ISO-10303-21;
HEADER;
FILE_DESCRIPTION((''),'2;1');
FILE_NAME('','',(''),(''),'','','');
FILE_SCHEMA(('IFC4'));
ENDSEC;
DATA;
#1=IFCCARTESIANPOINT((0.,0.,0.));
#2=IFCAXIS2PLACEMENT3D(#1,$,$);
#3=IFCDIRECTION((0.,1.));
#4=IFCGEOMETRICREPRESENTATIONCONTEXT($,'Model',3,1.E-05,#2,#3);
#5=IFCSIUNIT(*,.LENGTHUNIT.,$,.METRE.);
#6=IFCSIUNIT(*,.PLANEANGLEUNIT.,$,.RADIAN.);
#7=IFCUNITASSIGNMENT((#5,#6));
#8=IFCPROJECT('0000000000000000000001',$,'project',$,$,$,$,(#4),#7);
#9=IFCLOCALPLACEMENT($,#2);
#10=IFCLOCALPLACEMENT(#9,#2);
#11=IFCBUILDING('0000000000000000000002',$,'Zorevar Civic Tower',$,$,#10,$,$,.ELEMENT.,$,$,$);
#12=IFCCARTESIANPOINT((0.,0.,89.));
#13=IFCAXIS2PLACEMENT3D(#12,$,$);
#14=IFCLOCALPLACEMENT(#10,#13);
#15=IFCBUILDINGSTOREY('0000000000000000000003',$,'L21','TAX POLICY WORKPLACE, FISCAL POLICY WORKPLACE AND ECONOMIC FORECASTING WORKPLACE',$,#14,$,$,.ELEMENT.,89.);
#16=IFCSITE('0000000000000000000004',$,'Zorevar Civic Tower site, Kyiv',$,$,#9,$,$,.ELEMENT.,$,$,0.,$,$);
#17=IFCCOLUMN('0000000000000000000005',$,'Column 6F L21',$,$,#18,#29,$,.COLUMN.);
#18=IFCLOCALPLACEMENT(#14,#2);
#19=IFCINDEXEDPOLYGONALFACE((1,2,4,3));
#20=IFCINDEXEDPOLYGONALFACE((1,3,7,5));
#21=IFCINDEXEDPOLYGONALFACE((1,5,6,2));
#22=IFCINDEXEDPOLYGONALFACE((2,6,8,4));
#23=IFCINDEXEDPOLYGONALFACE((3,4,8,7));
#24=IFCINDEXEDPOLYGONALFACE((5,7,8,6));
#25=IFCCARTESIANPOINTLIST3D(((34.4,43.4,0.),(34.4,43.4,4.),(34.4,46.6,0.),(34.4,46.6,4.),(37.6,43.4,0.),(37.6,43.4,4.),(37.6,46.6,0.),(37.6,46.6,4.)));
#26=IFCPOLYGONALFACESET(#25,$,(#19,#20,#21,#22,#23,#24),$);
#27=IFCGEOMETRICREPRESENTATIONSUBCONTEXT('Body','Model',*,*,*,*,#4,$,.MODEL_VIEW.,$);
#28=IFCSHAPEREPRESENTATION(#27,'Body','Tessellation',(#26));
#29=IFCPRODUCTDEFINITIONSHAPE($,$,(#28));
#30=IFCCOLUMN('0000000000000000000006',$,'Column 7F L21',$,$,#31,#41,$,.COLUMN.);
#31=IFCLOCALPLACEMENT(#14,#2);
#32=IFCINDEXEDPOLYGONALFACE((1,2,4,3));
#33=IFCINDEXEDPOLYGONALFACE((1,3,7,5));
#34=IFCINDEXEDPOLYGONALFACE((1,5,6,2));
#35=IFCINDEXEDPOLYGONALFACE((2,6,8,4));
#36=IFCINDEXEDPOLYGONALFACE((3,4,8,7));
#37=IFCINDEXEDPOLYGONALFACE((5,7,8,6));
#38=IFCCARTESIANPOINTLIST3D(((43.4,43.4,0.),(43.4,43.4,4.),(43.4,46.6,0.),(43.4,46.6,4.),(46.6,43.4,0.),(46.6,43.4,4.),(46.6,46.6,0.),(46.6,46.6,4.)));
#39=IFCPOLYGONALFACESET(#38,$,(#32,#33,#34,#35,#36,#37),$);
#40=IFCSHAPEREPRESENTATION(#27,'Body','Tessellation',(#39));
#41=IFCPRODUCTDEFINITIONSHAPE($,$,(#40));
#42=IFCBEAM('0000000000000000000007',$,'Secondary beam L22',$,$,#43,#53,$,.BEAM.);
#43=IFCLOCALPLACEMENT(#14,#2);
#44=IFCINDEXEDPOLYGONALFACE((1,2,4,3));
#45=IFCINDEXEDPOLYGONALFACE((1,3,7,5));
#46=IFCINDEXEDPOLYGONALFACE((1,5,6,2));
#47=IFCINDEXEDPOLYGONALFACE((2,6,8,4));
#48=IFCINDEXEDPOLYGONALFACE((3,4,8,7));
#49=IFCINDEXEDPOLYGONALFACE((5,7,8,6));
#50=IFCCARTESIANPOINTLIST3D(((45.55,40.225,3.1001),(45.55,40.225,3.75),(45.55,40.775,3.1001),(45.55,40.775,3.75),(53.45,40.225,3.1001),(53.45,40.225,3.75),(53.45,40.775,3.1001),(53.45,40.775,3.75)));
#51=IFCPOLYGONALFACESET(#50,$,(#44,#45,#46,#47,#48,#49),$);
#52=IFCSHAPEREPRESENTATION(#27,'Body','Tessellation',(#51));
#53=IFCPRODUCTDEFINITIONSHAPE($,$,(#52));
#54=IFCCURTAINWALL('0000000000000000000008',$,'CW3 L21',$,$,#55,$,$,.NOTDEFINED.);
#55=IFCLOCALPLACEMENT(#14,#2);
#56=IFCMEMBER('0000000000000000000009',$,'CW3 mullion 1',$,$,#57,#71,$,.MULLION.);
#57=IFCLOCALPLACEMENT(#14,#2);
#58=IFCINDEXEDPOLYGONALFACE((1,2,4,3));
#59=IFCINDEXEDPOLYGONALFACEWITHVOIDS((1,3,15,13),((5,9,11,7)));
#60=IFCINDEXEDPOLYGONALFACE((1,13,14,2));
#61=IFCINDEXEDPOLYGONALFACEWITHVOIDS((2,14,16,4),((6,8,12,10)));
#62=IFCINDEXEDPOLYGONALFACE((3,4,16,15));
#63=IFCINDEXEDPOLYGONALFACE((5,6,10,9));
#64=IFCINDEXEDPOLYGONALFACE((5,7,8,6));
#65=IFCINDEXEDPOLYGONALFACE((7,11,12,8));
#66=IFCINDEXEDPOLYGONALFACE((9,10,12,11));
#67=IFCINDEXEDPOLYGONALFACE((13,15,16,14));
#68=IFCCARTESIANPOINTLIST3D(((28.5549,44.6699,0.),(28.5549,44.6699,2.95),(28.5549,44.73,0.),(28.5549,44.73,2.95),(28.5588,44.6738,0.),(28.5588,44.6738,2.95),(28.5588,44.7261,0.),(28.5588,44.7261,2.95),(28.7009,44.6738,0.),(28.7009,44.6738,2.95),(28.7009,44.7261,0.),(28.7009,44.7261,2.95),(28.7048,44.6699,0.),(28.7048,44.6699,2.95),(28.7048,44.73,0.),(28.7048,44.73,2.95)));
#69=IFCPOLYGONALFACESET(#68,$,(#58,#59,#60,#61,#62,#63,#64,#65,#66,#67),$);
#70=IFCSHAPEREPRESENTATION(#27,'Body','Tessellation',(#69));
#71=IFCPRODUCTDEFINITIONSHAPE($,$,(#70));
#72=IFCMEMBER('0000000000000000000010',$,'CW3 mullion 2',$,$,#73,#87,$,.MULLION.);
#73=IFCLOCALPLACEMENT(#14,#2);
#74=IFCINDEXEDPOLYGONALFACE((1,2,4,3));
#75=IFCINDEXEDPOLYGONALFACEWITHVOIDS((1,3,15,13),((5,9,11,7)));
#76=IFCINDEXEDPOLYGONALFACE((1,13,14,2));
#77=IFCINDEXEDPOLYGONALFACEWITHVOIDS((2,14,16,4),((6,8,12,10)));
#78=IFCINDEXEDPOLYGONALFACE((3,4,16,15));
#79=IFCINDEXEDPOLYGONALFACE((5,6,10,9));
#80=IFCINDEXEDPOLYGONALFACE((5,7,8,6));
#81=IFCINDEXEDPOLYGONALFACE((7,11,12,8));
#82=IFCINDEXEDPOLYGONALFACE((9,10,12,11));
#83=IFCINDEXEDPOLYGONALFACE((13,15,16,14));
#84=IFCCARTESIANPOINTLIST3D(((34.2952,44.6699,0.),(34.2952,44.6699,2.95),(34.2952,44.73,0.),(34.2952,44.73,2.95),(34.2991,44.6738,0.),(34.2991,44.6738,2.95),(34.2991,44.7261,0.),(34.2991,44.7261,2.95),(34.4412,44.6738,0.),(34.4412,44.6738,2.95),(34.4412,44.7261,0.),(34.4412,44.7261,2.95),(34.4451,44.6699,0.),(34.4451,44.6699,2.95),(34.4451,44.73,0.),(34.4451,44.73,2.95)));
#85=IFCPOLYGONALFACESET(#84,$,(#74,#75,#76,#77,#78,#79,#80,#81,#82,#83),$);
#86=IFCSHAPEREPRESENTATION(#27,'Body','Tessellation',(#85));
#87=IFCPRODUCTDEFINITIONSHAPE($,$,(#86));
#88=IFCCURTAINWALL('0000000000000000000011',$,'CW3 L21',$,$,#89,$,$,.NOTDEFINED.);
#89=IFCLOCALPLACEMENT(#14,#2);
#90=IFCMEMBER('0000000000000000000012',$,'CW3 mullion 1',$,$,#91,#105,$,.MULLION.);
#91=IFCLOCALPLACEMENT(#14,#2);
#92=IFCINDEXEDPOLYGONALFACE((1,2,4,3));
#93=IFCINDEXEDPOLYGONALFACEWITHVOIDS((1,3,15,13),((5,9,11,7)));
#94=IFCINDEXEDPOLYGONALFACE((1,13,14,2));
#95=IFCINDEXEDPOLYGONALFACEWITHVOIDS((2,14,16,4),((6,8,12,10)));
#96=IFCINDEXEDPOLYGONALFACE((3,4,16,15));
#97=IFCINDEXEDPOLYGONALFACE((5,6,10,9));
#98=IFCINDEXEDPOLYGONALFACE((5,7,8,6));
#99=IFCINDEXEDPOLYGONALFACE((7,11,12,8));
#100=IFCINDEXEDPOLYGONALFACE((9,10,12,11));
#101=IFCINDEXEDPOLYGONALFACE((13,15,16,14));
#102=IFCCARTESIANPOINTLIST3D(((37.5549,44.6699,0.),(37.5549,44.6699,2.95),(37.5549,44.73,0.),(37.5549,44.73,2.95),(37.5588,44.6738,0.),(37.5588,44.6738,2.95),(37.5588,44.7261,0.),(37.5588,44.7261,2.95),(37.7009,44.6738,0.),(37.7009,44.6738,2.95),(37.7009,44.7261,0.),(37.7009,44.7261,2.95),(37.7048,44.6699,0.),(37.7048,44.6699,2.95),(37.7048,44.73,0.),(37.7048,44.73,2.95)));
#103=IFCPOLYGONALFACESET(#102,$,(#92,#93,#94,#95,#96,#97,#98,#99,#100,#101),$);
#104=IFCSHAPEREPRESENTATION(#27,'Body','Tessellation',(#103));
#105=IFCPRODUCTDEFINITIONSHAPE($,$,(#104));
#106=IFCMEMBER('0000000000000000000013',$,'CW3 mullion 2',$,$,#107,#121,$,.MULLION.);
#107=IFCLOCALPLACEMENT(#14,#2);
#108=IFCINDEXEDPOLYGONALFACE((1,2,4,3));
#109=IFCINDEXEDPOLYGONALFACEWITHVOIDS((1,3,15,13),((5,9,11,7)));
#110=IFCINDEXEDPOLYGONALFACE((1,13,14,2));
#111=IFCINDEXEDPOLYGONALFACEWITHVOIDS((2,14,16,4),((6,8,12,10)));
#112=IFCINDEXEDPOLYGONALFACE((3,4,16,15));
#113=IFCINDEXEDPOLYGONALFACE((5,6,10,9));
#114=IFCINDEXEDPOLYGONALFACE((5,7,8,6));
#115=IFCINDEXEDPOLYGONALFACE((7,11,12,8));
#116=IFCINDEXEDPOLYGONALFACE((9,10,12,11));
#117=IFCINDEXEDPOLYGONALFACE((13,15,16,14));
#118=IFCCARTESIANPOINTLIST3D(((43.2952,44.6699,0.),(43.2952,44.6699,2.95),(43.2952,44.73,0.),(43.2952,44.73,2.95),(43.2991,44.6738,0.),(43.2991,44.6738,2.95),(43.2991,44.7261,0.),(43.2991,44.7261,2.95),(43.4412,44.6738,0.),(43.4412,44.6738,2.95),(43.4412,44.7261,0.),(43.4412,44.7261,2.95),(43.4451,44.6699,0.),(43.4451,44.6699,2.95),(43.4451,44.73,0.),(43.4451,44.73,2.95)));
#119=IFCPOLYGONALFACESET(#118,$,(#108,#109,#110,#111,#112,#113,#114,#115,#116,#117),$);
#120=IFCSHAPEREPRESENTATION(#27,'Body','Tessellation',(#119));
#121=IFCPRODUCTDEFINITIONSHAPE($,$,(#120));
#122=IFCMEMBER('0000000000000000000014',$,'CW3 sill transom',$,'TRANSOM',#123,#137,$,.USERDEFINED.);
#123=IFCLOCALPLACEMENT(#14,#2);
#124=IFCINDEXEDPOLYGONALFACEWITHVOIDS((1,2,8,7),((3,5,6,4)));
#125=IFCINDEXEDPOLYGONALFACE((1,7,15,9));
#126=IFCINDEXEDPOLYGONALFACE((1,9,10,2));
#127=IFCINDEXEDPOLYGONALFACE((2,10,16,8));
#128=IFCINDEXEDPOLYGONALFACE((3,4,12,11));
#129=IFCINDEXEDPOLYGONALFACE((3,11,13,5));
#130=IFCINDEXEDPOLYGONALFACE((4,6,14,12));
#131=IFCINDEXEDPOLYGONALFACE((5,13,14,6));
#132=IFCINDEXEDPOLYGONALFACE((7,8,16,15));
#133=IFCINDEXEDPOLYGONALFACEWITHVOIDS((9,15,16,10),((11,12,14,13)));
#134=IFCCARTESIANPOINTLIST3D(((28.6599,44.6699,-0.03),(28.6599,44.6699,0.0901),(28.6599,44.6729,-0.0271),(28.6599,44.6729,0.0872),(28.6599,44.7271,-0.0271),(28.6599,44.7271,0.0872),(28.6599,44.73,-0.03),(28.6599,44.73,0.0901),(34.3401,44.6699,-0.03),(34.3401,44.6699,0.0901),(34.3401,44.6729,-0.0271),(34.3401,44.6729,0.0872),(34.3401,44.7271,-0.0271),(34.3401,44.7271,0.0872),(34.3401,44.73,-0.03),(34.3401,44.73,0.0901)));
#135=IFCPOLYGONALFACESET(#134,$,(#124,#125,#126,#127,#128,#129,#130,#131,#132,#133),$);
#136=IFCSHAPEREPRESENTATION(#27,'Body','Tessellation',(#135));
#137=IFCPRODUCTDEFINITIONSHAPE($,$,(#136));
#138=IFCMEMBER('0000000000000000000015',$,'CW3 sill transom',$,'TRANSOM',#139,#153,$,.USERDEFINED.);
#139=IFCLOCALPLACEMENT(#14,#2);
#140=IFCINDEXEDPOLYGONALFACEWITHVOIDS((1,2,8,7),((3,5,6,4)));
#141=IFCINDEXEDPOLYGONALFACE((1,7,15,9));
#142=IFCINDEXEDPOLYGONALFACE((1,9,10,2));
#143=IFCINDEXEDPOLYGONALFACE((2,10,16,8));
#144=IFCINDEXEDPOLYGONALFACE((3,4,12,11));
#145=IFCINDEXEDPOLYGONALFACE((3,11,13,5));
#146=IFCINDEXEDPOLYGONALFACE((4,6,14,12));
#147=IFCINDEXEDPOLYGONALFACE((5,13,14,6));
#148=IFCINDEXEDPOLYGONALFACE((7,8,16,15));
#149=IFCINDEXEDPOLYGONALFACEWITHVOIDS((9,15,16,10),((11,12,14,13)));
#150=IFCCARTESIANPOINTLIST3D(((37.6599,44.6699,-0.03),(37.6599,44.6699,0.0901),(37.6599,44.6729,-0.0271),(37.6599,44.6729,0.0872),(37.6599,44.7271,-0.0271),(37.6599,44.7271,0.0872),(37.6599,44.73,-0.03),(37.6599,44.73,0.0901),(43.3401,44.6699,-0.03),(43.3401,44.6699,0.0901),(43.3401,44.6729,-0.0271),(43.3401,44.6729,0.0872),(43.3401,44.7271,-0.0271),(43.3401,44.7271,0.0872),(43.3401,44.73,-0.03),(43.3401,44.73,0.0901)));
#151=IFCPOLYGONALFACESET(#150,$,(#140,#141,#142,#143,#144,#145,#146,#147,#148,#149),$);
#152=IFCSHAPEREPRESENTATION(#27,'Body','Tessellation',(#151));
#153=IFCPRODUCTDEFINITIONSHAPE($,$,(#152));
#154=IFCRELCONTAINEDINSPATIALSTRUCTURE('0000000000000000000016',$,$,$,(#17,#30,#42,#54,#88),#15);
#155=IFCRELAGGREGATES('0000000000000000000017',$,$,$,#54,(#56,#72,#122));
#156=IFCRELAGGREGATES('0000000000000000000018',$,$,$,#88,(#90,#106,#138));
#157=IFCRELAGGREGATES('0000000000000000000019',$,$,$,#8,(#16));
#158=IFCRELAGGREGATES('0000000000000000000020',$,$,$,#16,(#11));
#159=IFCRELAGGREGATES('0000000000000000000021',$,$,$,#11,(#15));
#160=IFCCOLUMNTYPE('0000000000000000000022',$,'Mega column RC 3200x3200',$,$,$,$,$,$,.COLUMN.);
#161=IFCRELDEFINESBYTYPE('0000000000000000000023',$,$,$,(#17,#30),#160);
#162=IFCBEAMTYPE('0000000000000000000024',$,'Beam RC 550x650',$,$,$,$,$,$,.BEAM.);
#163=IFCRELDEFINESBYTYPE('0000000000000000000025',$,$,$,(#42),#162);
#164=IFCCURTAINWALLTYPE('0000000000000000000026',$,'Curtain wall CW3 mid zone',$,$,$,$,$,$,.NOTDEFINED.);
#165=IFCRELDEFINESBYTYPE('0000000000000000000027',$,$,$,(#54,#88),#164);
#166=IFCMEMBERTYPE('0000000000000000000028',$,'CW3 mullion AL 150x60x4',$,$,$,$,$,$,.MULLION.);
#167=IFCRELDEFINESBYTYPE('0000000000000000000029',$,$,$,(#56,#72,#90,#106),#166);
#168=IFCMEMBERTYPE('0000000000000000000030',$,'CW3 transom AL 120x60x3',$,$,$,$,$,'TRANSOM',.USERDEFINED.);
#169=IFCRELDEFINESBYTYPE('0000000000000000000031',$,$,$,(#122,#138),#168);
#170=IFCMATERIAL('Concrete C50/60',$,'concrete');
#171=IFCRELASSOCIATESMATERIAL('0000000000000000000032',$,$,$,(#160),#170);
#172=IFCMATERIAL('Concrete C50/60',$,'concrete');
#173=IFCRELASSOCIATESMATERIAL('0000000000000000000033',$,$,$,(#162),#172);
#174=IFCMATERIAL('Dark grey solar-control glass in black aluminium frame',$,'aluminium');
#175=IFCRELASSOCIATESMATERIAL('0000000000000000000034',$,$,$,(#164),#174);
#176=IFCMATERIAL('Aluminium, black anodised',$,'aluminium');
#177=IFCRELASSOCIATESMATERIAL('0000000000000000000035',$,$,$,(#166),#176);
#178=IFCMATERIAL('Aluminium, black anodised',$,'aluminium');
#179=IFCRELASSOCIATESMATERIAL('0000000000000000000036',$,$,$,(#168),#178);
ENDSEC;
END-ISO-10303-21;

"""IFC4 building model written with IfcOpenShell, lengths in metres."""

from ifc_helpers import new_model, si_unit, direction, frame, origin, origin_2d, place, context, subcontext, project, spatial, rectangle, hollow_rectangle, extrude, material, material_profile, profile_set, type_object, element, aggregate, save


model = new_model("IFC4")

# Units and contexts
model_context = context("Model", 3, precision=1e-05, world=origin(), true_north=direction((0.0, 1.0)))
body_context = subcontext(model_context, "Body", "Model", "MODEL_VIEW")
ifc_project = project(units=[si_unit("LENGTHUNIT", "METRE"), si_unit("PLANEANGLEUNIT", "RADIAN")], contexts=[model_context])

# Site, building, storey
site_placement = place(None, origin())
site = spatial("IfcSite", under=ifc_project, at=site_placement, Name="Zorevar Civic Tower site, Kyiv", CompositionType="ELEMENT", RefElevation=0.0)
building_placement = place(site_placement, origin())
building = spatial("IfcBuilding", under=site, at=building_placement, Name="Zorevar Civic Tower", CompositionType="ELEMENT")
storey_placement = place(building_placement, frame((0.0, 0.0, 89.0)))
storey = spatial("IfcBuildingStorey", under=building, at=storey_placement, Name="L21", Description="TAX POLICY WORKPLACE, FISCAL POLICY WORKPLACE AND ECONOMIC FORECASTING WORKPLACE", CompositionType="ELEMENT", Elevation=89.0)

# Columns
ifc_material_1 = material(Name="Concrete C50/60", Category="concrete")
ifc_material_profile_1 = material_profile(ifc_material_1, rectangle(XDim=3.2, YDim=3.2, at=origin_2d()), Name="RC 3200x3200")
ifc_profile_set_1 = profile_set([ifc_material_profile_1], Name="Concrete C50/60")
column_type = type_object("IfcColumnType", Name="Mega column RC 3200x3200", PredefinedType="COLUMN", material=ifc_profile_set_1)
for number, where, z_axis, x_axis, name in (
    (1, (36.0, 45.0, 0.0), (0.0, 0.0, 1.0), (1.0, 0.0, 0.0), "Column 6F L21"),
    (2, (45.0, 45.0, 0.0), (0.0, 0.0, 1.0), (1.0, 0.0, 0.0), "Column 7F L21"),
):
    element("IfcColumn", number, at=place(storey_placement, frame(where, z_axis=z_axis, x_axis=x_axis)), inside=storey, type_object=column_type, Name=name, PredefinedType="COLUMN", context=body_context, shape_type="SweptSolid", body=[
        extrude(rectangle(XDim=3.2, YDim=3.2, at=origin_2d()), origin(), (0.0, 0.0, 1.0), 4.0),
    ])

# Beam
ifc_material_2 = material(Name="Concrete C50/60", Category="concrete")
ifc_material_profile_2 = material_profile(ifc_material_2, rectangle(XDim=0.55, YDim=0.6499, at=origin_2d()), Name="RC 550x650")
ifc_profile_set_2 = profile_set([ifc_material_profile_2], Name="Concrete C50/60")
beam_type_1 = type_object("IfcBeamType", Name="Beam RC 550x650", PredefinedType="BEAM", material=ifc_profile_set_2)
beam_placement = place(storey_placement, frame((45.55, 40.5, 3.425), z_axis=(1.0, 0.0, 0.0), x_axis=(0.0, 1.0, 0.0)))
element("IfcBeam", 3, at=beam_placement, inside=storey, type_object=beam_type_1, Name="Secondary beam L22", PredefinedType="BEAM", context=body_context, shape_type="SweptSolid", body=[
    extrude(rectangle(XDim=0.55, YDim=0.6499, at=origin_2d()), origin(), (0.0, 0.0, 1.0), 7.8999),
])

# Curtain walls, members
ifc_material_3 = material(Name="Dark grey solar-control glass in black aluminium frame", Category="aluminium")
curtain_wall_type = type_object("IfcCurtainWallType", Name="Curtain wall CW3 mid zone", PredefinedType="NOTDEFINED", material=ifc_material_3)
curtain_wall_1_placement = place(storey_placement, origin())
curtain_wall_1 = element("IfcCurtainWall", 4, at=curtain_wall_1_placement, inside=storey, type_object=curtain_wall_type, Name="CW3 L21", PredefinedType="NOTDEFINED")
ifc_material_4 = material(Name="Aluminium, black anodised", Category="aluminium")
ifc_material_profile_3 = material_profile(ifc_material_4, hollow_rectangle(XDim=0.0601, YDim=0.1499, WallThickness=0.0039, at=origin_2d()), Name="AL 150x60x4")
ifc_profile_set_3 = profile_set([ifc_material_profile_3], Name="Aluminium, black anodised")
member_type_1 = type_object("IfcMemberType", Name="CW3 mullion AL 150x60x4", PredefinedType="MULLION", material=ifc_profile_set_3)
member_1_placement = place(storey_placement, frame((28.6299, 44.7, 0.0), z_axis=(0.0, 0.0, 1.0), x_axis=(0.0, 1.0, 0.0)))
member_1 = element("IfcMember", 5, at=member_1_placement, type_object=member_type_1, Name="CW3 mullion 1", PredefinedType="MULLION", context=body_context, shape_type="SweptSolid", body=[
    extrude(hollow_rectangle(XDim=0.0601, YDim=0.1499, WallThickness=0.0039, at=origin_2d()), origin(), (0.0, 0.0, 1.0), 2.95),
])
member_2_placement = place(storey_placement, frame((34.3701, 44.7, 0.0), z_axis=(0.0, 0.0, 1.0), x_axis=(0.0, 1.0, 0.0)))
member_2 = element("IfcMember", 6, at=member_2_placement, type_object=member_type_1, Name="CW3 mullion 2", PredefinedType="MULLION", context=body_context, shape_type="SweptSolid", body=[
    extrude(hollow_rectangle(XDim=0.0601, YDim=0.1499, WallThickness=0.0039, at=origin_2d()), origin(), (0.0, 0.0, 1.0), 2.95),
])
curtain_wall_2_placement = place(storey_placement, origin())
curtain_wall_2 = element("IfcCurtainWall", 7, at=curtain_wall_2_placement, inside=storey, type_object=curtain_wall_type, Name="CW3 L21", PredefinedType="NOTDEFINED")
member_3_placement = place(storey_placement, frame((37.6299, 44.7, 0.0), z_axis=(0.0, 0.0, 1.0), x_axis=(0.0, 1.0, 0.0)))
member_3 = element("IfcMember", 8, at=member_3_placement, type_object=member_type_1, Name="CW3 mullion 1", PredefinedType="MULLION", context=body_context, shape_type="SweptSolid", body=[
    extrude(hollow_rectangle(XDim=0.0601, YDim=0.1499, WallThickness=0.0039, at=origin_2d()), origin(), (0.0, 0.0, 1.0), 2.95),
])
member_4_placement = place(storey_placement, frame((43.3701, 44.7, 0.0), z_axis=(0.0, 0.0, 1.0), x_axis=(0.0, 1.0, 0.0)))
member_4 = element("IfcMember", 9, at=member_4_placement, type_object=member_type_1, Name="CW3 mullion 2", PredefinedType="MULLION", context=body_context, shape_type="SweptSolid", body=[
    extrude(hollow_rectangle(XDim=0.0601, YDim=0.1499, WallThickness=0.0039, at=origin_2d()), origin(), (0.0, 0.0, 1.0), 2.95),
])

# Members
ifc_material_5 = material(Name="Aluminium, black anodised", Category="aluminium")
ifc_material_profile_4 = material_profile(ifc_material_5, hollow_rectangle(XDim=0.0601, YDim=0.1201, WallThickness=0.0029, at=origin_2d()), Name="AL 120x60x3")
ifc_profile_set_4 = profile_set([ifc_material_profile_4], Name="Aluminium, black anodised")
member_type_2 = type_object("IfcMemberType", Name="CW3 transom AL 120x60x3", ElementType="TRANSOM", PredefinedType="USERDEFINED", material=ifc_profile_set_4)
member_5_placement = place(storey_placement, frame((28.6599, 44.7, 0.03), z_axis=(1.0, 0.0, 0.0), x_axis=(0.0, 1.0, 0.0)))
member_5 = element("IfcMember", 10, at=member_5_placement, type_object=member_type_2, Name="CW3 sill transom", ObjectType="TRANSOM", PredefinedType="USERDEFINED", context=body_context, shape_type="SweptSolid", body=[
    extrude(hollow_rectangle(XDim=0.0601, YDim=0.1201, WallThickness=0.0029, at=origin_2d()), origin(), (0.0, 0.0, 1.0), 5.6802),
])
member_6_placement = place(storey_placement, frame((37.6599, 44.7, 0.03), z_axis=(1.0, 0.0, 0.0), x_axis=(0.0, 1.0, 0.0)))
member_6 = element("IfcMember", 11, at=member_6_placement, type_object=member_type_2, Name="CW3 sill transom", ObjectType="TRANSOM", PredefinedType="USERDEFINED", context=body_context, shape_type="SweptSolid", body=[
    extrude(hollow_rectangle(XDim=0.0601, YDim=0.1201, WallThickness=0.0029, at=origin_2d()), origin(), (0.0, 0.0, 1.0), 5.6802),
])

aggregate(curtain_wall_1, [member_1, member_2, member_5])
aggregate(curtain_wall_2, [member_3, member_4, member_6])

save(model, "model.ifc")
